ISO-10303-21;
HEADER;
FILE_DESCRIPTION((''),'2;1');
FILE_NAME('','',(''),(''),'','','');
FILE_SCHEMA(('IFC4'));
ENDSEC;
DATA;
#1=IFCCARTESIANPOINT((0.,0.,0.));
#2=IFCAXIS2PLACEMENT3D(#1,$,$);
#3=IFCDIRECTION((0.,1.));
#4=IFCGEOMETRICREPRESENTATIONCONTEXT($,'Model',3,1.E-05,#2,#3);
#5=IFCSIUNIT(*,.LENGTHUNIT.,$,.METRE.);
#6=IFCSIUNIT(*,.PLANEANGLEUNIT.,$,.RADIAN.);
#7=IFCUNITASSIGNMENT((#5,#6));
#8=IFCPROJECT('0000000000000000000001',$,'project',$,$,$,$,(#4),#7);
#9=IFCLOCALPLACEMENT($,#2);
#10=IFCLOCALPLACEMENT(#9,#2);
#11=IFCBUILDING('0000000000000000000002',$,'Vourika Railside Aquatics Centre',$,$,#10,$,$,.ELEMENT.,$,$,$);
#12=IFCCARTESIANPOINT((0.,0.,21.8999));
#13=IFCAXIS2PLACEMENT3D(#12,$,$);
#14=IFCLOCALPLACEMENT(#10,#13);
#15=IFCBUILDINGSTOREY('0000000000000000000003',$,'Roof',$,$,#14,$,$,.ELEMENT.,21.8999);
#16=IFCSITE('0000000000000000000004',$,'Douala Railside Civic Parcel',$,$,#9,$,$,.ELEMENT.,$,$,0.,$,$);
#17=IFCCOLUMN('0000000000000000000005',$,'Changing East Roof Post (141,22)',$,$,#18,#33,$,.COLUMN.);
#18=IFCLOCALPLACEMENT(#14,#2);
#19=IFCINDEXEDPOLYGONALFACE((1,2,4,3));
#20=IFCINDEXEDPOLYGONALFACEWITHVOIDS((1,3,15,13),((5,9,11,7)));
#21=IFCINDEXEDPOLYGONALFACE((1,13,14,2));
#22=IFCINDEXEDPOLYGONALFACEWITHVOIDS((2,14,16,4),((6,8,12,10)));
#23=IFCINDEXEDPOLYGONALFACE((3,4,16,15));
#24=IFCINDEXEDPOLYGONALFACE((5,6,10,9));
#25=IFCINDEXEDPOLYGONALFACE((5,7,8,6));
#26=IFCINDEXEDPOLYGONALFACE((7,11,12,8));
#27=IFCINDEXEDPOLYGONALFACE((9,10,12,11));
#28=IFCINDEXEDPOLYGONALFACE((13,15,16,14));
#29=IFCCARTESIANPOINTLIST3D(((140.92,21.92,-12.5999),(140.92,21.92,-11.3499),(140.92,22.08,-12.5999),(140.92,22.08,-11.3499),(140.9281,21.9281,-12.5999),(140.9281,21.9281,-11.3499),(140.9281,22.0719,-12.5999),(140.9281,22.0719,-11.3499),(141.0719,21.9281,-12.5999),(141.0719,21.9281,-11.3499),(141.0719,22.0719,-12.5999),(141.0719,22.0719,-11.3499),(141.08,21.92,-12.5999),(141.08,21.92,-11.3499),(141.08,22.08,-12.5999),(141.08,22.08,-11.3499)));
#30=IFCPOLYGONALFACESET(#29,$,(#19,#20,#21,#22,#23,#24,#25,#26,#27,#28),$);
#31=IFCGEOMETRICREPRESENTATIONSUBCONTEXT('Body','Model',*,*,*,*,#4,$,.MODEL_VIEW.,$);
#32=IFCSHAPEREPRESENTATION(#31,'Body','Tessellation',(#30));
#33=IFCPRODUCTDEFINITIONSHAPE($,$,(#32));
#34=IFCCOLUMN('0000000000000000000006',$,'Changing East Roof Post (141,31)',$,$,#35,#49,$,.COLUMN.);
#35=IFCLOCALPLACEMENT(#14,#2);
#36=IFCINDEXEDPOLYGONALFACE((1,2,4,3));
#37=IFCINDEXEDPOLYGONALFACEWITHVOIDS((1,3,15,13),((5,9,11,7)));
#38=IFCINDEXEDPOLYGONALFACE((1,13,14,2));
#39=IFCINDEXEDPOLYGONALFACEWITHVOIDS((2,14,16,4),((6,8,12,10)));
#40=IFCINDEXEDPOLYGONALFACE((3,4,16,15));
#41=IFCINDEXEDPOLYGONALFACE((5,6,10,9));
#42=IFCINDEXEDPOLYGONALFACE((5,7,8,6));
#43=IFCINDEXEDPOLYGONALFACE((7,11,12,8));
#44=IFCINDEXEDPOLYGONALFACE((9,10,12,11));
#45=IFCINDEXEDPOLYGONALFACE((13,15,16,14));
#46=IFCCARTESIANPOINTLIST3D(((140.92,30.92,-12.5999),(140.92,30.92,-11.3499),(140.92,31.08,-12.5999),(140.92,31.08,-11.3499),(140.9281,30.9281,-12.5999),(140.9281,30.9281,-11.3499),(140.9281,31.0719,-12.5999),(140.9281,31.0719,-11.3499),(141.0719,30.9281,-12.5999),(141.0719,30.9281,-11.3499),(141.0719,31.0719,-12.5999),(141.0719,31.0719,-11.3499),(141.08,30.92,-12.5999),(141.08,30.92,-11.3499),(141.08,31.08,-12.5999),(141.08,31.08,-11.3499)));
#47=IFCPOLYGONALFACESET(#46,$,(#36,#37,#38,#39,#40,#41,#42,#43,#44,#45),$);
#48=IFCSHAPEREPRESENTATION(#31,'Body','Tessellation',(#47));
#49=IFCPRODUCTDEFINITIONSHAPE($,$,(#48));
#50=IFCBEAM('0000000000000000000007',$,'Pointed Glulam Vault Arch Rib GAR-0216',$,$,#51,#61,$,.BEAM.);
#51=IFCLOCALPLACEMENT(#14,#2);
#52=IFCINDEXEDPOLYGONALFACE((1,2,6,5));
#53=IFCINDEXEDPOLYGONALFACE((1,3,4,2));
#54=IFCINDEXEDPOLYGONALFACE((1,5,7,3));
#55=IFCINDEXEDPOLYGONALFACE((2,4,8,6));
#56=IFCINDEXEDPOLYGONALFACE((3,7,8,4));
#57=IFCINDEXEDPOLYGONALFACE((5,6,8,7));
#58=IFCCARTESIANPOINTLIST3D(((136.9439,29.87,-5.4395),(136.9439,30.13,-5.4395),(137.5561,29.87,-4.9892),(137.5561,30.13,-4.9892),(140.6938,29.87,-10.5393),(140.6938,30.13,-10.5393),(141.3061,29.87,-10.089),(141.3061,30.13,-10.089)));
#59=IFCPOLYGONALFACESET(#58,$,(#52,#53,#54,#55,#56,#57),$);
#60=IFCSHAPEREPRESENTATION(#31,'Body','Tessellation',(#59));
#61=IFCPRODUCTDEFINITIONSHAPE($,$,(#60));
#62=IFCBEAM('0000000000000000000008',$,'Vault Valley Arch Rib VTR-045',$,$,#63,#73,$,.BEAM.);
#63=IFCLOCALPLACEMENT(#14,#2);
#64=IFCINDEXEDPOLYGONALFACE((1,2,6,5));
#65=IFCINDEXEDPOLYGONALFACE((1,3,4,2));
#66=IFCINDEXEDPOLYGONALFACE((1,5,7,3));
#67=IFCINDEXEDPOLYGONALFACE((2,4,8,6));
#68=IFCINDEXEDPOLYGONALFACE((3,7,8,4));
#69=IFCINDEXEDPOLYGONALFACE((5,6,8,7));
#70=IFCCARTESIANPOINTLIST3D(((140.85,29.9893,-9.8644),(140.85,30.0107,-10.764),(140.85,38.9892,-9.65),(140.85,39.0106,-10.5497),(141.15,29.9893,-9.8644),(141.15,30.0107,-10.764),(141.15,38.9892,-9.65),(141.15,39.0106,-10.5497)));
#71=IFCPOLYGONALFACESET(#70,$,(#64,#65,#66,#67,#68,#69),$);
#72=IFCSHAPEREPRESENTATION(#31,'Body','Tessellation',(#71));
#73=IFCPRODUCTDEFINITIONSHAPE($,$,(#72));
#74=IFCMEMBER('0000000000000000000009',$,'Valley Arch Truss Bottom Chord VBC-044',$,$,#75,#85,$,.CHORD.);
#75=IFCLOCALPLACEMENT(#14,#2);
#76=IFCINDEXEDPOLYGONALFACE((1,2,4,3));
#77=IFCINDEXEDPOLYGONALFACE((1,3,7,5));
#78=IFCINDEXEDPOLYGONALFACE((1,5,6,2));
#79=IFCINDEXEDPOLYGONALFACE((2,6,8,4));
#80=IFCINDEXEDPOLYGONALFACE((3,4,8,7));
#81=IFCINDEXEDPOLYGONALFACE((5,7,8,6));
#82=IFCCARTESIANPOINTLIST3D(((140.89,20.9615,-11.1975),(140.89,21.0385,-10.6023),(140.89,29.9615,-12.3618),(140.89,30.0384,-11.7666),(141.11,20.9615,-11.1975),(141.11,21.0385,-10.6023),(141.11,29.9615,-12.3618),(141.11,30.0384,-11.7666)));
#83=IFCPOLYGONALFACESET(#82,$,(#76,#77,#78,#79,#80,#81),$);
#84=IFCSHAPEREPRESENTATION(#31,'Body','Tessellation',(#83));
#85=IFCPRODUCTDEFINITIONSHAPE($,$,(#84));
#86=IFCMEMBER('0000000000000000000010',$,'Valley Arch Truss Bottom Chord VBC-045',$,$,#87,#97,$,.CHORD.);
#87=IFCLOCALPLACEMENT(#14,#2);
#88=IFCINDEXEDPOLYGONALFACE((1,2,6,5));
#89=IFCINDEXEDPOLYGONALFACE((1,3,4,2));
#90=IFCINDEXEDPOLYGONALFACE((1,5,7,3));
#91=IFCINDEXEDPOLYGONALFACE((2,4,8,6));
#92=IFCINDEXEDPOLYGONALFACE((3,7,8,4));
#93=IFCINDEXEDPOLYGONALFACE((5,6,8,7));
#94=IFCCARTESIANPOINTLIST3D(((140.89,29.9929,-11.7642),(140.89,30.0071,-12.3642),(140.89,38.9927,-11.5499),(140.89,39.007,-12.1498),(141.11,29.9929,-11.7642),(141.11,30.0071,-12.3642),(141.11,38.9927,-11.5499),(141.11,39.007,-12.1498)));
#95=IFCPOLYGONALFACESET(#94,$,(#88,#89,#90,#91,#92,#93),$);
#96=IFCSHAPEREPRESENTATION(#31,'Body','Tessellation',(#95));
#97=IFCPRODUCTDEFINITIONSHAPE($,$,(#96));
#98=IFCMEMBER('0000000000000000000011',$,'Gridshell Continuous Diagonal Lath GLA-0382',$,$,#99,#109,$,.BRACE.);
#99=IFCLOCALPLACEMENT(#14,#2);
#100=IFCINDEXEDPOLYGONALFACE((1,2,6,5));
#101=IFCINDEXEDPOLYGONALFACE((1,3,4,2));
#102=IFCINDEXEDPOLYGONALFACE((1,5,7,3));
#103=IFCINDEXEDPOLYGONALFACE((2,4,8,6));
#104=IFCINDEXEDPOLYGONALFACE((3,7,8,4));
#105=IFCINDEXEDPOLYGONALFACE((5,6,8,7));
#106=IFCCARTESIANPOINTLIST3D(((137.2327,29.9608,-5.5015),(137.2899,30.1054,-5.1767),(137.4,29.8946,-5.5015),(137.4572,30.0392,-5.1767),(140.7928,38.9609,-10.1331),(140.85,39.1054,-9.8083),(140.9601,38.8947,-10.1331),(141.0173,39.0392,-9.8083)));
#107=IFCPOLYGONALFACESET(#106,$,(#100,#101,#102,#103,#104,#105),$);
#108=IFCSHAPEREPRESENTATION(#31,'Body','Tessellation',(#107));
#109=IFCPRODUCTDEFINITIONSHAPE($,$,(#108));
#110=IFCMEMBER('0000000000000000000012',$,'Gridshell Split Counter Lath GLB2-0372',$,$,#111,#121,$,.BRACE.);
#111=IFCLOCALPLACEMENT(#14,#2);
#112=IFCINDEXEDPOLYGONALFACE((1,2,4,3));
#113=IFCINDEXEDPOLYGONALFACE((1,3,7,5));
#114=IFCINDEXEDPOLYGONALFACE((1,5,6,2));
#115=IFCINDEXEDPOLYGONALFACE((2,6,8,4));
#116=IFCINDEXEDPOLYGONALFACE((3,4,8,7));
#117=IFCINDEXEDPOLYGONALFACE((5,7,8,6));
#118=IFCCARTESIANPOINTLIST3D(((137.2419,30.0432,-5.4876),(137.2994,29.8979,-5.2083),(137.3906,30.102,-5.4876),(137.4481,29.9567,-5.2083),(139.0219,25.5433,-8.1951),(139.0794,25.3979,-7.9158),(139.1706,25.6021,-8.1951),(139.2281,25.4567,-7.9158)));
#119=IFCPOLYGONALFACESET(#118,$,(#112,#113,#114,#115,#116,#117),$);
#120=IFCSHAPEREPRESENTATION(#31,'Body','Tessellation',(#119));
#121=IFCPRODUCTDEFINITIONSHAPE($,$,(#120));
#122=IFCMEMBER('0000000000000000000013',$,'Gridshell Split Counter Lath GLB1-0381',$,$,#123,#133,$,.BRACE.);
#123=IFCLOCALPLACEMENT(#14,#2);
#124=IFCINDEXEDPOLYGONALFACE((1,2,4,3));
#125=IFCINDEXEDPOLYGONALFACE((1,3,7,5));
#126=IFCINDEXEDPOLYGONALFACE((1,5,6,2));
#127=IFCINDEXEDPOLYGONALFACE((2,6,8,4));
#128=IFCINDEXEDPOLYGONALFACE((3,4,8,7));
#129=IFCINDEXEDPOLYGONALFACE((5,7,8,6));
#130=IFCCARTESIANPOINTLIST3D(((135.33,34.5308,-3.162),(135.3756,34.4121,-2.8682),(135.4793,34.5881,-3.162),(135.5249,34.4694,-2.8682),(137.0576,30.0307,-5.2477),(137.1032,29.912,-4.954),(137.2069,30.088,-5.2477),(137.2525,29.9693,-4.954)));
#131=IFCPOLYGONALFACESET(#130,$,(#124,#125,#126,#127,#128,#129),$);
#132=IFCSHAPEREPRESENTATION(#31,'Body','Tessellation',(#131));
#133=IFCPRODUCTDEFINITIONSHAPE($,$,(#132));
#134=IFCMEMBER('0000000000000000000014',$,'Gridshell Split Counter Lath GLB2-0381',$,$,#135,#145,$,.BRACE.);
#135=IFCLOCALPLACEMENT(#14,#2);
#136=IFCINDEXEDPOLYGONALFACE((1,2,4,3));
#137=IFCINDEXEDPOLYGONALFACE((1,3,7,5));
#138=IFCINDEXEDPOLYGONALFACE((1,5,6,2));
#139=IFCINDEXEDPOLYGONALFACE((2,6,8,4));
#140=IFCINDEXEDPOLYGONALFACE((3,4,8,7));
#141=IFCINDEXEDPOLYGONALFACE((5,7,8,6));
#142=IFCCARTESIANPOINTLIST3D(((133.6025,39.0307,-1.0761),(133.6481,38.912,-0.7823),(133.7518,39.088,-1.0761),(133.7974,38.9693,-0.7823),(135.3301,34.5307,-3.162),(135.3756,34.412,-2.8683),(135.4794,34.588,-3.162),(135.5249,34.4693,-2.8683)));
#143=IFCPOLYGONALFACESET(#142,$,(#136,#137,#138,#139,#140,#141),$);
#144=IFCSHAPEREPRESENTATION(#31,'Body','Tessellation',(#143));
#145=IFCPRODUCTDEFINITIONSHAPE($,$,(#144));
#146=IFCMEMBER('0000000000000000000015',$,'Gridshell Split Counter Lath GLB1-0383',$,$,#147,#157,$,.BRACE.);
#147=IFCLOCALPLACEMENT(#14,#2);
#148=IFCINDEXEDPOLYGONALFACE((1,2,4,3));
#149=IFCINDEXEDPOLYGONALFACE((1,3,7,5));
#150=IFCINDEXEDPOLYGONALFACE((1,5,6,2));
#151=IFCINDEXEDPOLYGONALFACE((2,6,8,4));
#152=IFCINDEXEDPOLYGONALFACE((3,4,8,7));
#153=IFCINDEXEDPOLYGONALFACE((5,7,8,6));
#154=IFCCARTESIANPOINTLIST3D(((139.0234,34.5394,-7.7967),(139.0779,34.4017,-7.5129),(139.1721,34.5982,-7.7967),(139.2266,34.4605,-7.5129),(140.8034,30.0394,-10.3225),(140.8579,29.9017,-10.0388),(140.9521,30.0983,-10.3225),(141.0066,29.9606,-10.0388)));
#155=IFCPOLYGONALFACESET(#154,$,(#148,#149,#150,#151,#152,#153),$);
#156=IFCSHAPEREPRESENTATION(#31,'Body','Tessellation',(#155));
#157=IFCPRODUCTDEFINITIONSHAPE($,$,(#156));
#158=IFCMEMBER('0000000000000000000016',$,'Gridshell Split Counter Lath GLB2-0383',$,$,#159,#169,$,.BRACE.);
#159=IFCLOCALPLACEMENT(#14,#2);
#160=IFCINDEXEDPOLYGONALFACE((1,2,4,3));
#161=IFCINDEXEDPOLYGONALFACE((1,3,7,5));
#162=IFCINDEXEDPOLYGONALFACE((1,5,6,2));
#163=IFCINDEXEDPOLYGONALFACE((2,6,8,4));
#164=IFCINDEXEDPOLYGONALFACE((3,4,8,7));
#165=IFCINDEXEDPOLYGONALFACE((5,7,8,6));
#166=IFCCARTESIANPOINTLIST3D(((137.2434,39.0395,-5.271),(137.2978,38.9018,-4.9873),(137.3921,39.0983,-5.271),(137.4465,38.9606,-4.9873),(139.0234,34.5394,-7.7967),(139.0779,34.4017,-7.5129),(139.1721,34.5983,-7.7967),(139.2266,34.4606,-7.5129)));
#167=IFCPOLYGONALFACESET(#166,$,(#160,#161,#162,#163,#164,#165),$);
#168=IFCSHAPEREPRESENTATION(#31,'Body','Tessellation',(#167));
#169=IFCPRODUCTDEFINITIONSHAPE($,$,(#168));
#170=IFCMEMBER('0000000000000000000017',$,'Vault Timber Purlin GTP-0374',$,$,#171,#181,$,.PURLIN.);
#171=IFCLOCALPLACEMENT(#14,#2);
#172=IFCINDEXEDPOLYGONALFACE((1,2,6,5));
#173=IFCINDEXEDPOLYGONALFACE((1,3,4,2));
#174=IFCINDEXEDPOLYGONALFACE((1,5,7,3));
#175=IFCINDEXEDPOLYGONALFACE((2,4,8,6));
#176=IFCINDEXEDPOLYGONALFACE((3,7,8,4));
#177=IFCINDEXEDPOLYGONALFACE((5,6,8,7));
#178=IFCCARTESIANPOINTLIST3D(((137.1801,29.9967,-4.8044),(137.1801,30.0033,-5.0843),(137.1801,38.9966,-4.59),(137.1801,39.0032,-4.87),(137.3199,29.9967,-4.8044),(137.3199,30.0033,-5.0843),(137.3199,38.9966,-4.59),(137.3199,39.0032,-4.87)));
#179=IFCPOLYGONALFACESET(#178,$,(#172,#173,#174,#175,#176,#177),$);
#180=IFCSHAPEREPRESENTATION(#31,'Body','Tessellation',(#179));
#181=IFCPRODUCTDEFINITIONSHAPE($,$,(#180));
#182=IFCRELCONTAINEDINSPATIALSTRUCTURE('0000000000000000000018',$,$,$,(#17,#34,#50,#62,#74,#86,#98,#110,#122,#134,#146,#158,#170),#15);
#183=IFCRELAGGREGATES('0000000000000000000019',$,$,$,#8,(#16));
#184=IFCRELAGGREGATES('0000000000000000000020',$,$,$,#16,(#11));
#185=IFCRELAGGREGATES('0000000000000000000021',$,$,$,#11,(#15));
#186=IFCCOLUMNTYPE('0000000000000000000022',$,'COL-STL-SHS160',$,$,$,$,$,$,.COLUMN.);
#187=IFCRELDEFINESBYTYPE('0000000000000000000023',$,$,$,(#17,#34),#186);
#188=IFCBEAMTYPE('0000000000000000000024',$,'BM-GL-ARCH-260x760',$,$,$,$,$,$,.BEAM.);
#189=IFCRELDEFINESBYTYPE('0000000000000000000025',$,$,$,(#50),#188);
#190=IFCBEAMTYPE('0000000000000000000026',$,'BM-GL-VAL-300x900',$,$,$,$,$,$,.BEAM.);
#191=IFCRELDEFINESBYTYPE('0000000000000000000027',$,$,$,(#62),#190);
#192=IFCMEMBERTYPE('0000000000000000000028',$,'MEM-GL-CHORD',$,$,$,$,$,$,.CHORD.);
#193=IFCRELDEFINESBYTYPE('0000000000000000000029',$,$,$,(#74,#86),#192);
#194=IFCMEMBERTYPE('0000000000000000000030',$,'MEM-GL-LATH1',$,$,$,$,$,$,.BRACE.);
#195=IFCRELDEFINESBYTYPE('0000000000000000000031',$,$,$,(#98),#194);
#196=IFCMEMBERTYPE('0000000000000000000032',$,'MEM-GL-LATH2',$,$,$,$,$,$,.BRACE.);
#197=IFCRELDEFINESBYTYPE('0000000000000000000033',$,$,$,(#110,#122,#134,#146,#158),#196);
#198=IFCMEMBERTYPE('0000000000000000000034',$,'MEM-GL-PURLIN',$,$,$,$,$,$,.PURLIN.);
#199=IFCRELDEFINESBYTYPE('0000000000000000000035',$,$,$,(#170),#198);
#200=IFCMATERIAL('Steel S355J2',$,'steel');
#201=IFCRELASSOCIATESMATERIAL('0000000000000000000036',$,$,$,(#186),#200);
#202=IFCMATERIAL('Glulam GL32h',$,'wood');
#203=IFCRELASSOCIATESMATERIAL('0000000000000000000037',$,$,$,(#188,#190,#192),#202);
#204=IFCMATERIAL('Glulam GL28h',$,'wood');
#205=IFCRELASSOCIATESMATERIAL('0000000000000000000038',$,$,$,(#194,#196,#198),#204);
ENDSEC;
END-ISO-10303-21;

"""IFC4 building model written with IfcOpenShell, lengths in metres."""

from ifc_helpers import new_model, si_unit, direction, frame, origin, origin_2d, place, context, subcontext, project, spatial, rectangle, hollow_rectangle, extrude, material, material_profile, profile_set, type_object, element, save


model = new_model("IFC4")

# Units and contexts
model_context = context("Model", 3, precision=1e-05, world=origin(), true_north=direction((0.0, 1.0)))
body_context = subcontext(model_context, "Body", "Model", "MODEL_VIEW")
ifc_project = project(units=[si_unit("LENGTHUNIT", "METRE"), si_unit("PLANEANGLEUNIT", "RADIAN")], contexts=[model_context])

# Site, building, storey
site_placement = place(None, origin())
site = spatial("IfcSite", under=ifc_project, at=site_placement, Name="Douala Railside Civic Parcel", CompositionType="ELEMENT", RefElevation=0.0)
building_placement = place(site_placement, origin())
building = spatial("IfcBuilding", under=site, at=building_placement, Name="Vourika Railside Aquatics Centre", CompositionType="ELEMENT")
storey_placement = place(building_placement, frame((0.0, 0.0, 21.8999)))
storey = spatial("IfcBuildingStorey", under=building, at=storey_placement, Name="Roof", CompositionType="ELEMENT", Elevation=21.8999)

# Columns
ifc_material_1 = material(Name="Steel S355J2", Category="steel")
ifc_material_profile_1 = material_profile(ifc_material_1, hollow_rectangle(XDim=0.1599, YDim=0.1599, WallThickness=0.0081, at=origin_2d()), Name="SHS 160x160x8")
ifc_profile_set_1 = profile_set([ifc_material_profile_1], Name="Steel S355J2")
column_type = type_object("IfcColumnType", Name="COL-STL-SHS160", PredefinedType="COLUMN", material=ifc_profile_set_1)
for number, where, z_axis, x_axis, name in (
    (1, (141.0, 22.0, -12.5999), (0.0, 0.0, 1.0), (1.0, 0.0, 0.0), "Changing East Roof Post (141,22)"),
    (2, (141.0, 31.0, -12.5999), (0.0, 0.0, 1.0), (1.0, 0.0, 0.0), "Changing East Roof Post (141,31)"),
):
    element("IfcColumn", number, at=place(storey_placement, frame(where, z_axis=z_axis, x_axis=x_axis)), inside=storey, type_object=column_type, Name=name, PredefinedType="COLUMN", context=body_context, shape_type="SweptSolid", body=[
        extrude(hollow_rectangle(XDim=0.1599, YDim=0.1599, WallThickness=0.0081, at=origin_2d()), origin(), (0.0, 0.0, 1.0), 1.25),
    ])

# Beams
ifc_material_2 = material(Name="Glulam GL32h", Category="wood")
ifc_material_profile_2 = material_profile(ifc_material_2, rectangle(XDim=0.26, YDim=0.76, at=origin_2d()), Name="GL32h 260x760")
ifc_profile_set_2 = profile_set([ifc_material_profile_2], Name="Glulam GL32h")
beam_type_1 = type_object("IfcBeamType", Name="BM-GL-ARCH-260x760", PredefinedType="BEAM", material=ifc_profile_set_2)
beam_1_placement = place(storey_placement, frame((137.25, 30.0, -5.2144), z_axis=(0.592401, 0.0, -0.805643), x_axis=(0.0, 1.0, 0.0)))
element("IfcBeam", 3, at=beam_1_placement, inside=storey, type_object=beam_type_1, Name="Pointed Glulam Vault Arch Rib GAR-0216", PredefinedType="BEAM", context=body_context, shape_type="SweptSolid", body=[
    extrude(rectangle(XDim=0.26, YDim=0.76, at=origin_2d()), origin(), (0.0, 0.0, 1.0), 6.3301),
])
ifc_material_profile_3 = material_profile(ifc_material_2, rectangle(XDim=0.3, YDim=0.8999, at=origin_2d()), Name="GL32h 300x900")
ifc_profile_set_3 = profile_set([ifc_material_profile_3], Name="Glulam GL32h")
beam_type_2 = type_object("IfcBeamType", Name="BM-GL-VAL-300x900", PredefinedType="BEAM", material=ifc_profile_set_3)
beam_2_placement = place(storey_placement, frame((141.0, 30.0, -10.3142), z_axis=(0.0, 0.999716, 0.023811), x_axis=(-1.0, 0.0, 0.0)))
element("IfcBeam", 4, at=beam_2_placement, inside=storey, type_object=beam_type_2, Name="Vault Valley Arch Rib VTR-045", PredefinedType="BEAM", context=body_context, shape_type="SweptSolid", body=[
    extrude(rectangle(XDim=0.3, YDim=0.8999, at=origin_2d()), origin(), (0.0, 0.0, 1.0), 9.0024),
])

# Members
ifc_material_profile_4 = material_profile(ifc_material_2, rectangle(XDim=0.22, YDim=0.6001, at=origin_2d()), Name="GL32h 220x600")
ifc_profile_set_4 = profile_set([ifc_material_profile_4], Name="Glulam GL32h")
member_type_1 = type_object("IfcMemberType", Name="MEM-GL-CHORD", PredefinedType="CHORD", material=ifc_profile_set_4)
member_1_placement = place(storey_placement, frame((141.0, 21.0, -10.8999), z_axis=(0.0, 0.991736, -0.128298), x_axis=(-1.0, 0.0, 0.0)))
element("IfcMember", 5, at=member_1_placement, inside=storey, type_object=member_type_1, Name="Valley Arch Truss Bottom Chord VBC-044", PredefinedType="CHORD", context=body_context, shape_type="SweptSolid", body=[
    extrude(rectangle(XDim=0.22, YDim=0.6001, at=origin_2d()), origin(), (0.0, 0.0, 1.0), 9.075),
])
member_2_placement = place(storey_placement, frame((141.0, 30.0, -12.0642), z_axis=(0.0, 0.999716, 0.023811), x_axis=(-1.0, 0.0, 0.0)))
element("IfcMember", 6, at=member_2_placement, inside=storey, type_object=member_type_1, Name="Valley Arch Truss Bottom Chord VBC-045", PredefinedType="CHORD", context=body_context, shape_type="SweptSolid", body=[
    extrude(rectangle(XDim=0.22, YDim=0.6001, at=origin_2d()), origin(), (0.0, 0.0, 1.0), 9.0024),
])
ifc_material_3 = material(Name="Glulam GL28h", Category="wood")
ifc_material_profile_5 = material_profile(ifc_material_3, rectangle(XDim=0.1799, YDim=0.3601, at=origin_2d()), Name="GL28h 180x360")
ifc_profile_set_5 = profile_set([ifc_material_profile_5], Name="Glulam GL28h")
member_type_2 = type_object("IfcMemberType", Name="MEM-GL-LATH1", PredefinedType="BRACE", material=ifc_profile_set_5)
member_3_placement = place(storey_placement, frame((137.345, 30.0, -5.3391), z_axis=(0.331796, 0.838796, -0.431662), x_axis=(-0.929893, 0.36783, 0.0)))
element("IfcMember", 7, at=member_3_placement, inside=storey, type_object=member_type_2, Name="Gridshell Continuous Diagonal Lath GLA-0382", PredefinedType="BRACE", context=body_context, shape_type="SweptSolid", body=[
    extrude(rectangle(XDim=0.1799, YDim=0.3601, at=origin_2d()), origin(), (0.0, 0.0, 1.0), 10.7297),
])
ifc_material_profile_6 = material_profile(ifc_material_3, rectangle(XDim=0.1599, YDim=0.3201, at=origin_2d()), Name="GL28h 160x320")
ifc_profile_set_6 = profile_set([ifc_material_profile_6], Name="Glulam GL28h")
member_type_3 = type_object("IfcMemberType", Name="MEM-GL-LATH2", PredefinedType="BRACE", material=ifc_profile_set_6)
member_4_placement = place(storey_placement, frame((139.125, 25.5, -8.0554), z_axis=(-0.321004, 0.811514, 0.488264), x_axis=(-0.929893, -0.36783, 0.0)))
element("IfcMember", 8, at=member_4_placement, inside=storey, type_object=member_type_3, Name="Gridshell Split Counter Lath GLB2-0372", PredefinedType="BRACE", context=body_context, shape_type="SweptSolid", body=[
    extrude(rectangle(XDim=0.1599, YDim=0.3201, at=origin_2d()), origin(), (0.0, 0.0, 1.0), 5.5452),
])
for number, where, z_axis, x_axis, name in (
    (9, (137.155, 30.0, -5.1008), (-0.328924, 0.856801, 0.397116), (-0.93357, -0.358395, 0.0), "Gridshell Split Counter Lath GLB1-0381"),
    (10, (135.4275, 34.5, -3.0151), (-0.328918, 0.856785, 0.397156), (-0.93357, -0.358395, 0.0), "Gridshell Split Counter Lath GLB2-0381"),
):
    element("IfcMember", number, at=place(storey_placement, frame(where, z_axis=z_axis, x_axis=x_axis)), inside=storey, type_object=member_type_3, Name=name, PredefinedType="BRACE", context=body_context, shape_type="SweptSolid", body=[
        extrude(rectangle(XDim=0.1599, YDim=0.3201, at=origin_2d()), origin(), (0.0, 0.0, 1.0), 5.2522),
    ])
for number, where, z_axis, x_axis, name in (
    (11, (140.905, 30.0, -10.1807), (-0.326084, 0.824356, 0.462716), (-0.929893, -0.36783, 0.0), "Gridshell Split Counter Lath GLB1-0383"),
    (12, (139.125, 34.5, -7.6548), (-0.326091, 0.824373, 0.462681), (-0.929893, -0.36783, 0.0), "Gridshell Split Counter Lath GLB2-0383"),
):
    element("IfcMember", number, at=place(storey_placement, frame(where, z_axis=z_axis, x_axis=x_axis)), inside=storey, type_object=member_type_3, Name=name, PredefinedType="BRACE", context=body_context, shape_type="SweptSolid", body=[
        extrude(rectangle(XDim=0.1599, YDim=0.3201, at=origin_2d()), origin(), (0.0, 0.0, 1.0), 5.4587),
    ])
ifc_material_profile_7 = material_profile(ifc_material_3, rectangle(XDim=0.1399, YDim=0.28, at=origin_2d()), Name="GL28h 140x280")
ifc_profile_set_7 = profile_set([ifc_material_profile_7], Name="Glulam GL28h")
member_type_4 = type_object("IfcMemberType", Name="MEM-GL-PURLIN", PredefinedType="PURLIN", material=ifc_profile_set_7)
for number, where, z_axis, x_axis, name in (
    (13, (137.25, 30.0, -4.9443), (0.0, 0.999716, 0.023811), (-1.0, 0.0, 0.0), "Vault Timber Purlin GTP-0374"),
):
    element("IfcMember", number, at=place(storey_placement, frame(where, z_axis=z_axis, x_axis=x_axis)), inside=storey, type_object=member_type_4, Name=name, PredefinedType="PURLIN", context=body_context, shape_type="SweptSolid", body=[
        extrude(rectangle(XDim=0.1399, YDim=0.28, at=origin_2d()), origin(), (0.0, 0.0, 1.0), 9.0024),
    ])

save(model, "model.ifc")
